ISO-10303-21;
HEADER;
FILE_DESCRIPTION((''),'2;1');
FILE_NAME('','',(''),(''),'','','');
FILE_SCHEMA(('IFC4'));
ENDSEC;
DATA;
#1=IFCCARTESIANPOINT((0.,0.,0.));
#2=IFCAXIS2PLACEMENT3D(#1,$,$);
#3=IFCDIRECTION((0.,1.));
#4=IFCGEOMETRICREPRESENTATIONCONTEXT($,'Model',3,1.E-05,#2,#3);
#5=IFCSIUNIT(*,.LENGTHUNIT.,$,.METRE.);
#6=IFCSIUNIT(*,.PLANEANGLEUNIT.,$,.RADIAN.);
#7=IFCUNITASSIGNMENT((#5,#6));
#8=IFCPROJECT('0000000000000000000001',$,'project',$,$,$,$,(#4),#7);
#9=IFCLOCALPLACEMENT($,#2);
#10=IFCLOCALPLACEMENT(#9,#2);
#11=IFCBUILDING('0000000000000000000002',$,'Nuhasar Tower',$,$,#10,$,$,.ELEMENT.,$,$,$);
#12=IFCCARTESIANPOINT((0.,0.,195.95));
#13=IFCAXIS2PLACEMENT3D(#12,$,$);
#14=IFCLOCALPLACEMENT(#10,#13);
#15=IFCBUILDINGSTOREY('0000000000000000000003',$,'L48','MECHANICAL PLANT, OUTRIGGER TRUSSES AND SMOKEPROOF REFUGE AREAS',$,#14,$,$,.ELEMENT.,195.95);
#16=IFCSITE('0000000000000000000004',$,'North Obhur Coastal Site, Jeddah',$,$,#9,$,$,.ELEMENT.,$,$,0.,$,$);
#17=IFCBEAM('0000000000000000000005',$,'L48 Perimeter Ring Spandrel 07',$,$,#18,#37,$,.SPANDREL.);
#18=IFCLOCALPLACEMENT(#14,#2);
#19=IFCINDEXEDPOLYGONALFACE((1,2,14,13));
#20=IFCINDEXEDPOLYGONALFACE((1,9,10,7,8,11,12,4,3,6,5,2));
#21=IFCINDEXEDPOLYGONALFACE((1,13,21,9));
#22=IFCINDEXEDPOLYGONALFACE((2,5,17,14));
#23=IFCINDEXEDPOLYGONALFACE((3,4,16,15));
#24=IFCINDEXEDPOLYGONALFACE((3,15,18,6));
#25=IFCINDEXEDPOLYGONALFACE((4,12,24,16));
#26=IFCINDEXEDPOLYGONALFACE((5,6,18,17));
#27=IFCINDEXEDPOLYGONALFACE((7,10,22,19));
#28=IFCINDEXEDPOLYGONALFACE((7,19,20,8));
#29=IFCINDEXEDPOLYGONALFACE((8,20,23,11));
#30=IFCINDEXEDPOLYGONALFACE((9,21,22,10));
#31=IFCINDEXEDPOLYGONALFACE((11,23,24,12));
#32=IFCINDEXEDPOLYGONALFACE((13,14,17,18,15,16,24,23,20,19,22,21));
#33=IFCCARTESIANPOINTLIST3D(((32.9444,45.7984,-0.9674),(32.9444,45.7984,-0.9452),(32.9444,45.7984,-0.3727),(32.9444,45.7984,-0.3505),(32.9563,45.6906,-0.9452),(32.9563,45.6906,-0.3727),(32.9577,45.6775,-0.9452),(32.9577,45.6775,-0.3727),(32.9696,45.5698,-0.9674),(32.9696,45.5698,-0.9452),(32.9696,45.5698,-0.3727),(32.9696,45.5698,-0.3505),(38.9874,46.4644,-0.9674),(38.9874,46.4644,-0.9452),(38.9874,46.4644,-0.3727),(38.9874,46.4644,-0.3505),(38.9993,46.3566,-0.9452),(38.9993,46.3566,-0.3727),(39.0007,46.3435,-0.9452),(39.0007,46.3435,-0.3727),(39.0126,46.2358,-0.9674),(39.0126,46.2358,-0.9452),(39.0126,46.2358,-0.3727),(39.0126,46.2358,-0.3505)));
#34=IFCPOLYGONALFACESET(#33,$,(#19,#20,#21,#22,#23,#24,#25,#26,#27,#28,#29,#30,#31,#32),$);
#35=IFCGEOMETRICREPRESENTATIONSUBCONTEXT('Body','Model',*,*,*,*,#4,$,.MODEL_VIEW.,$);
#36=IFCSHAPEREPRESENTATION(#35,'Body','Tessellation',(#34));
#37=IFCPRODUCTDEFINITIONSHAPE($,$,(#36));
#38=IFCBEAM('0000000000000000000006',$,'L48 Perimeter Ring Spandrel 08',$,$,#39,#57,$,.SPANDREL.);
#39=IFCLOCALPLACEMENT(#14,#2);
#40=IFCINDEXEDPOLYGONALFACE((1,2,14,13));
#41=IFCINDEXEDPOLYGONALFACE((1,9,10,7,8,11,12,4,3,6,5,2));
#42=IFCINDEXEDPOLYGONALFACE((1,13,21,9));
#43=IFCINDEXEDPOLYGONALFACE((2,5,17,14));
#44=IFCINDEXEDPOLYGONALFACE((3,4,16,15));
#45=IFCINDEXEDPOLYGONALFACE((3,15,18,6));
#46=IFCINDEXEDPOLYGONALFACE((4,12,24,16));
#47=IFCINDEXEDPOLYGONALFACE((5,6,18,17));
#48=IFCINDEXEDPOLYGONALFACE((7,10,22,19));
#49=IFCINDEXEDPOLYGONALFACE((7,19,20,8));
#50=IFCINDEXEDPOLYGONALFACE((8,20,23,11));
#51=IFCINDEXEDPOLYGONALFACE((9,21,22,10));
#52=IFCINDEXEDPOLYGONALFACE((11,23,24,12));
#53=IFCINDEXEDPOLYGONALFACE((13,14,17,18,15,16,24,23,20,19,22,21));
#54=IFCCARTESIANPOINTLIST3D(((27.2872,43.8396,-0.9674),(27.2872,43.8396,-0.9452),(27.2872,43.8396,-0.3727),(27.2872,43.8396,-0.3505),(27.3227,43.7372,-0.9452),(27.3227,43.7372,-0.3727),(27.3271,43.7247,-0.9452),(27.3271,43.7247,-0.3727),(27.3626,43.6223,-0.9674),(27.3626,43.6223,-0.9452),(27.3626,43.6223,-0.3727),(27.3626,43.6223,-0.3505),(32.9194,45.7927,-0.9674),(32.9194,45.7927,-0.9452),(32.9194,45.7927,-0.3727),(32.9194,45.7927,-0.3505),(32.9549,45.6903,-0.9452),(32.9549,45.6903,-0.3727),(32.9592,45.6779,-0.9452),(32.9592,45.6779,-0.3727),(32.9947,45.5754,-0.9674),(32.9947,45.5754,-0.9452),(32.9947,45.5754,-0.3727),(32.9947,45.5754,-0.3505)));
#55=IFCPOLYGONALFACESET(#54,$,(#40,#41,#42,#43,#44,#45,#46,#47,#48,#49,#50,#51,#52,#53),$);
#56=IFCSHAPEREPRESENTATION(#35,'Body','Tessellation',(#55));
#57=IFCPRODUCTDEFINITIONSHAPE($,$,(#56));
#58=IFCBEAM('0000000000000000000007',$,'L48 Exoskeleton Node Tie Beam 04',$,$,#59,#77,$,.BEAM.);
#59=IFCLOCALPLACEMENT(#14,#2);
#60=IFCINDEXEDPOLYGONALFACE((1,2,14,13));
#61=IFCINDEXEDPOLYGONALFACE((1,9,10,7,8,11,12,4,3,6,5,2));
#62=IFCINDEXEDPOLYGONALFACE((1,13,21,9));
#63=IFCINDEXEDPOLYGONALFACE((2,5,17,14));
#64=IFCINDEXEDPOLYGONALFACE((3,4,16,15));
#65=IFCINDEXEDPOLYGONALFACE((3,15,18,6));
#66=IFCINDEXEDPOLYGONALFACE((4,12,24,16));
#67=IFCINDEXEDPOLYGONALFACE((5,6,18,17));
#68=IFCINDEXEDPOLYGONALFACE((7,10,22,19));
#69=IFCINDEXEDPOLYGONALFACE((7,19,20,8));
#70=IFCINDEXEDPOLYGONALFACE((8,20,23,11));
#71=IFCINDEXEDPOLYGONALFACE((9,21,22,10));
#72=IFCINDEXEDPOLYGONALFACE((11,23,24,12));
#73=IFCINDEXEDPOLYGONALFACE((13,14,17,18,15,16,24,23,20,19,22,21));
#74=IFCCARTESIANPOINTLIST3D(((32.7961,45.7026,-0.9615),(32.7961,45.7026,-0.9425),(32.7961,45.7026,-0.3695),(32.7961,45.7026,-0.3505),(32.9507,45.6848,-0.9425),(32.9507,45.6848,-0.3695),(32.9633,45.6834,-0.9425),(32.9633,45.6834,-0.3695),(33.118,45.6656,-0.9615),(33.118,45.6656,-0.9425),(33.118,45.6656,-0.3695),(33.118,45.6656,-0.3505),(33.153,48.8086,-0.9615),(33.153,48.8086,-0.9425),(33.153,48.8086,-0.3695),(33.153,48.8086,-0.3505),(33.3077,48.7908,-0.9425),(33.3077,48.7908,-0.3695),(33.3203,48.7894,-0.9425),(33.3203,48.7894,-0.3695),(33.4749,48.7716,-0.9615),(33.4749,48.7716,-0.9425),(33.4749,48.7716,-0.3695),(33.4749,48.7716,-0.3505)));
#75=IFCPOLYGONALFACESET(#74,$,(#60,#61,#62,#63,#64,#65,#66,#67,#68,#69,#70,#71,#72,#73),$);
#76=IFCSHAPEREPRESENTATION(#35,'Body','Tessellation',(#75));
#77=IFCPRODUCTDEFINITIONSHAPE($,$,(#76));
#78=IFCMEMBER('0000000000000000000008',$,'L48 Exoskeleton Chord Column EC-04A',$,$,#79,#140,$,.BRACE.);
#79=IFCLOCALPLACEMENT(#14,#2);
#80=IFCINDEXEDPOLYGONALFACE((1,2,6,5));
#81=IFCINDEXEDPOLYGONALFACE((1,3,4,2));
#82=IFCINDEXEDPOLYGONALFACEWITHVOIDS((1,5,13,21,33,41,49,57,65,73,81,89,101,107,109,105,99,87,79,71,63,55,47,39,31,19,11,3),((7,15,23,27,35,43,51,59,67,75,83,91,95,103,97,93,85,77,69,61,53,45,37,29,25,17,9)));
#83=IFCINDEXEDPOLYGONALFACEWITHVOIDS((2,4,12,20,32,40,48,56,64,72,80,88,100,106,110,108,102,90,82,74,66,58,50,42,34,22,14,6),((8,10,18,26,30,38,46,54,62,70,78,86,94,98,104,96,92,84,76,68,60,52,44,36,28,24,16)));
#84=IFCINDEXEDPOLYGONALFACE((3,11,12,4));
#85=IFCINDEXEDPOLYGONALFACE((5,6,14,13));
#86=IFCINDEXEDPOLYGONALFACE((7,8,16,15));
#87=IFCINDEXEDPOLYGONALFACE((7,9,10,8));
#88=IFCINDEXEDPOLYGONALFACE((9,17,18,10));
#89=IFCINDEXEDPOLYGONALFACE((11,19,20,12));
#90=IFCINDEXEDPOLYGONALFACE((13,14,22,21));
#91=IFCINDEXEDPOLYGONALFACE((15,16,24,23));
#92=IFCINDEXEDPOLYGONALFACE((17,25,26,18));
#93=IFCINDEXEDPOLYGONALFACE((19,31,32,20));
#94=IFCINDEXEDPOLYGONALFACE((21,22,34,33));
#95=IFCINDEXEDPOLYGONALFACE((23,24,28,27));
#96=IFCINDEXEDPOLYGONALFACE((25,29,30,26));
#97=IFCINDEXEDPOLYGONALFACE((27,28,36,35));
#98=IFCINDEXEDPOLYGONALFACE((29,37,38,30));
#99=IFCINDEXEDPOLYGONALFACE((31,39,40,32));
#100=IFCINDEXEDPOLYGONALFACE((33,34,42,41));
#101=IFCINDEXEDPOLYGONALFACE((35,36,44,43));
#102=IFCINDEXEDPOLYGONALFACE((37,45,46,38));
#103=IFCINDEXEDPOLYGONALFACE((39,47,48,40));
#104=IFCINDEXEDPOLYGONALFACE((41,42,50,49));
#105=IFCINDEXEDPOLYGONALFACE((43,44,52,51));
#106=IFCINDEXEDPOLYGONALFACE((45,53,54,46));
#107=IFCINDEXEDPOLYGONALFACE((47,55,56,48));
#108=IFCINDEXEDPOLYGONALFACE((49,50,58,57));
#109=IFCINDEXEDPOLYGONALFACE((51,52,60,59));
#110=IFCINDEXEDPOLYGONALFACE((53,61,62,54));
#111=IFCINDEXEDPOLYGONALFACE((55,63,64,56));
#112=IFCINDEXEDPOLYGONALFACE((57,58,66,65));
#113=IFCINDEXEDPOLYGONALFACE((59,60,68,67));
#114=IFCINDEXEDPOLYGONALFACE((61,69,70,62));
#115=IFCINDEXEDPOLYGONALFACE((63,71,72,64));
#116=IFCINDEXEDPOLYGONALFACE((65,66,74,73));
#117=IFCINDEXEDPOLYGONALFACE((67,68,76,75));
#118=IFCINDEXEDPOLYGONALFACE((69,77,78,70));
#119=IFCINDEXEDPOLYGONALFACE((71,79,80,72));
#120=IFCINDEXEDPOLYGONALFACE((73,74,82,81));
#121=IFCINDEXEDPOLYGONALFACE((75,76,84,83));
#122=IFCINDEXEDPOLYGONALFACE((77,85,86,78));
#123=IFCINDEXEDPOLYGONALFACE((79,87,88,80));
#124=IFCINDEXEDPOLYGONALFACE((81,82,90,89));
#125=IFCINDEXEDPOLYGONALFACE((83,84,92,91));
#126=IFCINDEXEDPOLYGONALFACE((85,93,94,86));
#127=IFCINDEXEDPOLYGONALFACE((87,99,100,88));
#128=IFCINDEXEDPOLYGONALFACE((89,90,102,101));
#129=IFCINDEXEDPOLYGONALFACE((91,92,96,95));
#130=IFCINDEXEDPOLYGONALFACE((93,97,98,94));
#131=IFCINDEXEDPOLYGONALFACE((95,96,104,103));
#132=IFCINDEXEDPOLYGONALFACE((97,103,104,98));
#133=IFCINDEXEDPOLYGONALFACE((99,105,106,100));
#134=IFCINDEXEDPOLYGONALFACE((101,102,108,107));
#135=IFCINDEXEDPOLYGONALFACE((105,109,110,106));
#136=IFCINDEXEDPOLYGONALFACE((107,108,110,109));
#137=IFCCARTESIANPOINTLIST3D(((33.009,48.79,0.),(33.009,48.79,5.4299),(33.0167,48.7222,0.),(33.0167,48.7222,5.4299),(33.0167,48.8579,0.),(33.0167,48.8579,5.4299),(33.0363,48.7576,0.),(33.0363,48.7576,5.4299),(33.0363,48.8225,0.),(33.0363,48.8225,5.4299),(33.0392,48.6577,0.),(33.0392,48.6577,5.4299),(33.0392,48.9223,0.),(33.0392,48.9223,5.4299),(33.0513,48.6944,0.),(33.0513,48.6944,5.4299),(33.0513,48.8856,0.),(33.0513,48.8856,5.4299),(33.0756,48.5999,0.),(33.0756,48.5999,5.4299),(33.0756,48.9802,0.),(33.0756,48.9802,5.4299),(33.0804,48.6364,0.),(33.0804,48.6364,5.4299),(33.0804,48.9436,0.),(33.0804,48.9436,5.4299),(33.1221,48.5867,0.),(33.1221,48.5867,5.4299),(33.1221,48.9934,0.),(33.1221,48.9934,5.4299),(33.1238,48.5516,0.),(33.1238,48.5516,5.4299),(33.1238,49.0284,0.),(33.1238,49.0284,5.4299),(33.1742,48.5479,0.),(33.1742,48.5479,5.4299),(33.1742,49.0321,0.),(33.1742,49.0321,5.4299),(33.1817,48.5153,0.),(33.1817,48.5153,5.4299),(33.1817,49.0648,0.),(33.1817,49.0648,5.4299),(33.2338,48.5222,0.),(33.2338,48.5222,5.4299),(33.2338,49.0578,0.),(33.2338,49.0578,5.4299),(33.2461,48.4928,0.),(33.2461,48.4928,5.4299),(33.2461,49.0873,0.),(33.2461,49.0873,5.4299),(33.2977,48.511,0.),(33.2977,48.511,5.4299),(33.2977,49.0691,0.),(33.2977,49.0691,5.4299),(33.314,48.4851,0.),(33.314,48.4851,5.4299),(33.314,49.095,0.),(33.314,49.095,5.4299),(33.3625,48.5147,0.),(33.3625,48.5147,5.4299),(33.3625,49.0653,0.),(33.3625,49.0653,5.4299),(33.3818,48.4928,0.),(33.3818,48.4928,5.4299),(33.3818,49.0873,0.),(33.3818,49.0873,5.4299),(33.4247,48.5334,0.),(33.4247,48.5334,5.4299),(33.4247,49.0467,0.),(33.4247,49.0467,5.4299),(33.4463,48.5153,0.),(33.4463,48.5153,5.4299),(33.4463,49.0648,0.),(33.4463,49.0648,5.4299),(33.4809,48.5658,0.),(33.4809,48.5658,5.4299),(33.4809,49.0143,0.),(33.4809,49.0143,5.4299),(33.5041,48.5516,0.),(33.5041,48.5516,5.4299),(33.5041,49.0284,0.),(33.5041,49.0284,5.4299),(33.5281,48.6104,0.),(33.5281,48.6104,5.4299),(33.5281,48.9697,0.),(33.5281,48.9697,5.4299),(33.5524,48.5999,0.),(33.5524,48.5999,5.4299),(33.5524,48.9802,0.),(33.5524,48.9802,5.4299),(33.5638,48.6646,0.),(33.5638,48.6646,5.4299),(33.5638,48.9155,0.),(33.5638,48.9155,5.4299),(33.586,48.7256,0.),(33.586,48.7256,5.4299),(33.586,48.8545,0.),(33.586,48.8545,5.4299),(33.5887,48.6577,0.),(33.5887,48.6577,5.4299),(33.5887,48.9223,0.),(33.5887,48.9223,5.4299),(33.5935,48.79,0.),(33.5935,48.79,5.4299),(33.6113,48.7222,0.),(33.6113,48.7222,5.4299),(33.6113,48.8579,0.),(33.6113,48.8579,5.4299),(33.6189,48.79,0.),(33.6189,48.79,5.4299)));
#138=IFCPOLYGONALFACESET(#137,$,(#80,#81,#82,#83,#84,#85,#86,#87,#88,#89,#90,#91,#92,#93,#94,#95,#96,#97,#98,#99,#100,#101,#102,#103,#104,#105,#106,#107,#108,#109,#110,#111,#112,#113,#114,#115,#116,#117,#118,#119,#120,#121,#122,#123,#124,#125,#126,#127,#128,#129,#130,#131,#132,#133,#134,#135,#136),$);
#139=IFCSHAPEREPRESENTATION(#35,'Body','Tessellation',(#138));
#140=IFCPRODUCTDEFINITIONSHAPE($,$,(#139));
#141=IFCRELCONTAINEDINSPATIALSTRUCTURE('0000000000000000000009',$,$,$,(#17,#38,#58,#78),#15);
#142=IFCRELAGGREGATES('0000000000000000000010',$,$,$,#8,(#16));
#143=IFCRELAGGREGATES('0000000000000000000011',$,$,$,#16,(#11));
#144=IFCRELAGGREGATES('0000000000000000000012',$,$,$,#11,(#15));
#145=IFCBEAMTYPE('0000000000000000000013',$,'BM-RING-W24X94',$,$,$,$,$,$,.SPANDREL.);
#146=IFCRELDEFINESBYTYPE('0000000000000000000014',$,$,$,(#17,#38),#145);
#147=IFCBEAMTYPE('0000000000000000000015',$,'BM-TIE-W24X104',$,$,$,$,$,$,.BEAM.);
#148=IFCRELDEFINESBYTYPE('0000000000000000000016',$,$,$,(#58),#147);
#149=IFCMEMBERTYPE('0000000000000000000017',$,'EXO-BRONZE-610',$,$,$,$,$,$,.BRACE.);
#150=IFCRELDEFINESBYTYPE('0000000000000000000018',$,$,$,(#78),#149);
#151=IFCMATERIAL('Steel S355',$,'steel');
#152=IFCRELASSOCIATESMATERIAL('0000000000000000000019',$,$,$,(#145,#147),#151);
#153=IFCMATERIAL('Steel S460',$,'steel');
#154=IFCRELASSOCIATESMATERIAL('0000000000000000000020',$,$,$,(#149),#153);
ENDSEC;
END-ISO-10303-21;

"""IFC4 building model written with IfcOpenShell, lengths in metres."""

from ifc_helpers import new_model, si_unit, direction, frame, origin, origin_2d, place, context, subcontext, project, spatial, hollow_circle, i_section, extrude, material, material_profile, profile_set, type_object, element, save


model = new_model("IFC4")

# Units and contexts
model_context = context("Model", 3, precision=1e-05, world=origin(), true_north=direction((0.0, 1.0)))
body_context = subcontext(model_context, "Body", "Model", "MODEL_VIEW")
ifc_project = project(units=[si_unit("LENGTHUNIT", "METRE"), si_unit("PLANEANGLEUNIT", "RADIAN")], contexts=[model_context])

# Site, building, storey
site_placement = place(None, origin())
site = spatial("IfcSite", under=ifc_project, at=site_placement, Name="North Obhur Coastal Site, Jeddah", CompositionType="ELEMENT", RefElevation=0.0)
building_placement = place(site_placement, origin())
building = spatial("IfcBuilding", under=site, at=building_placement, Name="Nuhasar Tower", CompositionType="ELEMENT")
storey_placement = place(building_placement, frame((0.0, 0.0, 195.95)))
storey = spatial("IfcBuildingStorey", under=building, at=storey_placement, Name="L48", Description="MECHANICAL PLANT, OUTRIGGER TRUSSES AND SMOKEPROOF REFUGE AREAS", CompositionType="ELEMENT", Elevation=195.95)

# Beams
ifc_material_1 = material(Name="Steel S355", Category="steel")
ifc_material_profile_1 = material_profile(ifc_material_1, i_section(OverallWidth=0.23, OverallDepth=0.6169, WebThickness=0.0132, FlangeThickness=0.0222, at=origin_2d()), Name="W24X94")
ifc_profile_set_1 = profile_set([ifc_material_profile_1], Name="Steel S355")
beam_type_1 = type_object("IfcBeamType", Name="BM-RING-W24X94", PredefinedType="SPANDREL", material=ifc_profile_set_1)
beam_1_placement = place(storey_placement, frame((39.0, 46.3501, -0.6589), z_axis=(-0.993981, -0.10955, 0.0), x_axis=(0.10955, -0.993981, 0.0)))
element("IfcBeam", 1, at=beam_1_placement, inside=storey, type_object=beam_type_1, Name="L48 Perimeter Ring Spandrel 07", PredefinedType="SPANDREL", context=body_context, shape_type="SweptSolid", body=[
    extrude(i_section(OverallWidth=0.23, OverallDepth=0.6169, WebThickness=0.0132, FlangeThickness=0.0222, at=origin_2d()), origin(), (0.0, 0.0, 1.0), 6.0796),
])
beam_2_placement = place(storey_placement, frame((32.957, 45.6841, -0.6589), z_axis=(-0.944801, -0.327644, 0.0), x_axis=(0.327644, -0.944801, 0.0)))
element("IfcBeam", 2, at=beam_2_placement, inside=storey, type_object=beam_type_1, Name="L48 Perimeter Ring Spandrel 08", PredefinedType="SPANDREL", context=body_context, shape_type="SweptSolid", body=[
    extrude(i_section(OverallWidth=0.23, OverallDepth=0.6169, WebThickness=0.0132, FlangeThickness=0.0222, at=origin_2d()), origin(), (0.0, 0.0, 1.0), 5.9612),
])
ifc_material_profile_2 = material_profile(ifc_material_1, i_section(OverallWidth=0.324, OverallDepth=0.6111, WebThickness=0.0127, FlangeThickness=0.019, at=origin_2d()), Name="W24X104")
ifc_profile_set_2 = profile_set([ifc_material_profile_2], Name="Steel S355")
beam_type_2 = type_object("IfcBeamType", Name="BM-TIE-W24X104", PredefinedType="BEAM", material=ifc_profile_set_2)
beam_3_placement = place(storey_placement, frame((32.957, 45.6841, -0.656), z_axis=(0.114168, 0.993461, 0.0), x_axis=(-0.993461, 0.114168, 0.0)))
element("IfcBeam", 3, at=beam_3_placement, inside=storey, type_object=beam_type_2, Name="L48 Exoskeleton Node Tie Beam 04", PredefinedType="BEAM", context=body_context, shape_type="SweptSolid", body=[
    extrude(i_section(OverallWidth=0.324, OverallDepth=0.6111, WebThickness=0.0127, FlangeThickness=0.019, at=origin_2d()), origin(), (0.0, 0.0, 1.0), 3.1265),
])

# Member
ifc_material_2 = material(Name="Steel S460", Category="steel")
ifc_material_profile_3 = material_profile(ifc_material_2, hollow_circle(Radius=0.3049, WallThickness=0.0254, at=origin_2d()), Name="HSS610X25.4")
ifc_profile_set_3 = profile_set([ifc_material_profile_3], Name="Steel S460")
member_type_1 = type_object("IfcMemberType", Name="EXO-BRONZE-610", PredefinedType="BRACE", material=ifc_profile_set_3)
member_1_placement = place(storey_placement, frame((33.314, 48.79, 0.0), z_axis=(0.0, 0.0, 1.0), x_axis=(1.0, 0.0, 0.0)))
element("IfcMember", 4, at=member_1_placement, inside=storey, type_object=member_type_1, Name="L48 Exoskeleton Chord Column EC-04A", PredefinedType="BRACE", context=body_context, shape_type="SweptSolid", body=[
    extrude(hollow_circle(Radius=0.3049, WallThickness=0.0254, at=origin_2d()), origin(), (0.0, 0.0, 1.0), 5.4299),
])

save(model, "model.ifc")
